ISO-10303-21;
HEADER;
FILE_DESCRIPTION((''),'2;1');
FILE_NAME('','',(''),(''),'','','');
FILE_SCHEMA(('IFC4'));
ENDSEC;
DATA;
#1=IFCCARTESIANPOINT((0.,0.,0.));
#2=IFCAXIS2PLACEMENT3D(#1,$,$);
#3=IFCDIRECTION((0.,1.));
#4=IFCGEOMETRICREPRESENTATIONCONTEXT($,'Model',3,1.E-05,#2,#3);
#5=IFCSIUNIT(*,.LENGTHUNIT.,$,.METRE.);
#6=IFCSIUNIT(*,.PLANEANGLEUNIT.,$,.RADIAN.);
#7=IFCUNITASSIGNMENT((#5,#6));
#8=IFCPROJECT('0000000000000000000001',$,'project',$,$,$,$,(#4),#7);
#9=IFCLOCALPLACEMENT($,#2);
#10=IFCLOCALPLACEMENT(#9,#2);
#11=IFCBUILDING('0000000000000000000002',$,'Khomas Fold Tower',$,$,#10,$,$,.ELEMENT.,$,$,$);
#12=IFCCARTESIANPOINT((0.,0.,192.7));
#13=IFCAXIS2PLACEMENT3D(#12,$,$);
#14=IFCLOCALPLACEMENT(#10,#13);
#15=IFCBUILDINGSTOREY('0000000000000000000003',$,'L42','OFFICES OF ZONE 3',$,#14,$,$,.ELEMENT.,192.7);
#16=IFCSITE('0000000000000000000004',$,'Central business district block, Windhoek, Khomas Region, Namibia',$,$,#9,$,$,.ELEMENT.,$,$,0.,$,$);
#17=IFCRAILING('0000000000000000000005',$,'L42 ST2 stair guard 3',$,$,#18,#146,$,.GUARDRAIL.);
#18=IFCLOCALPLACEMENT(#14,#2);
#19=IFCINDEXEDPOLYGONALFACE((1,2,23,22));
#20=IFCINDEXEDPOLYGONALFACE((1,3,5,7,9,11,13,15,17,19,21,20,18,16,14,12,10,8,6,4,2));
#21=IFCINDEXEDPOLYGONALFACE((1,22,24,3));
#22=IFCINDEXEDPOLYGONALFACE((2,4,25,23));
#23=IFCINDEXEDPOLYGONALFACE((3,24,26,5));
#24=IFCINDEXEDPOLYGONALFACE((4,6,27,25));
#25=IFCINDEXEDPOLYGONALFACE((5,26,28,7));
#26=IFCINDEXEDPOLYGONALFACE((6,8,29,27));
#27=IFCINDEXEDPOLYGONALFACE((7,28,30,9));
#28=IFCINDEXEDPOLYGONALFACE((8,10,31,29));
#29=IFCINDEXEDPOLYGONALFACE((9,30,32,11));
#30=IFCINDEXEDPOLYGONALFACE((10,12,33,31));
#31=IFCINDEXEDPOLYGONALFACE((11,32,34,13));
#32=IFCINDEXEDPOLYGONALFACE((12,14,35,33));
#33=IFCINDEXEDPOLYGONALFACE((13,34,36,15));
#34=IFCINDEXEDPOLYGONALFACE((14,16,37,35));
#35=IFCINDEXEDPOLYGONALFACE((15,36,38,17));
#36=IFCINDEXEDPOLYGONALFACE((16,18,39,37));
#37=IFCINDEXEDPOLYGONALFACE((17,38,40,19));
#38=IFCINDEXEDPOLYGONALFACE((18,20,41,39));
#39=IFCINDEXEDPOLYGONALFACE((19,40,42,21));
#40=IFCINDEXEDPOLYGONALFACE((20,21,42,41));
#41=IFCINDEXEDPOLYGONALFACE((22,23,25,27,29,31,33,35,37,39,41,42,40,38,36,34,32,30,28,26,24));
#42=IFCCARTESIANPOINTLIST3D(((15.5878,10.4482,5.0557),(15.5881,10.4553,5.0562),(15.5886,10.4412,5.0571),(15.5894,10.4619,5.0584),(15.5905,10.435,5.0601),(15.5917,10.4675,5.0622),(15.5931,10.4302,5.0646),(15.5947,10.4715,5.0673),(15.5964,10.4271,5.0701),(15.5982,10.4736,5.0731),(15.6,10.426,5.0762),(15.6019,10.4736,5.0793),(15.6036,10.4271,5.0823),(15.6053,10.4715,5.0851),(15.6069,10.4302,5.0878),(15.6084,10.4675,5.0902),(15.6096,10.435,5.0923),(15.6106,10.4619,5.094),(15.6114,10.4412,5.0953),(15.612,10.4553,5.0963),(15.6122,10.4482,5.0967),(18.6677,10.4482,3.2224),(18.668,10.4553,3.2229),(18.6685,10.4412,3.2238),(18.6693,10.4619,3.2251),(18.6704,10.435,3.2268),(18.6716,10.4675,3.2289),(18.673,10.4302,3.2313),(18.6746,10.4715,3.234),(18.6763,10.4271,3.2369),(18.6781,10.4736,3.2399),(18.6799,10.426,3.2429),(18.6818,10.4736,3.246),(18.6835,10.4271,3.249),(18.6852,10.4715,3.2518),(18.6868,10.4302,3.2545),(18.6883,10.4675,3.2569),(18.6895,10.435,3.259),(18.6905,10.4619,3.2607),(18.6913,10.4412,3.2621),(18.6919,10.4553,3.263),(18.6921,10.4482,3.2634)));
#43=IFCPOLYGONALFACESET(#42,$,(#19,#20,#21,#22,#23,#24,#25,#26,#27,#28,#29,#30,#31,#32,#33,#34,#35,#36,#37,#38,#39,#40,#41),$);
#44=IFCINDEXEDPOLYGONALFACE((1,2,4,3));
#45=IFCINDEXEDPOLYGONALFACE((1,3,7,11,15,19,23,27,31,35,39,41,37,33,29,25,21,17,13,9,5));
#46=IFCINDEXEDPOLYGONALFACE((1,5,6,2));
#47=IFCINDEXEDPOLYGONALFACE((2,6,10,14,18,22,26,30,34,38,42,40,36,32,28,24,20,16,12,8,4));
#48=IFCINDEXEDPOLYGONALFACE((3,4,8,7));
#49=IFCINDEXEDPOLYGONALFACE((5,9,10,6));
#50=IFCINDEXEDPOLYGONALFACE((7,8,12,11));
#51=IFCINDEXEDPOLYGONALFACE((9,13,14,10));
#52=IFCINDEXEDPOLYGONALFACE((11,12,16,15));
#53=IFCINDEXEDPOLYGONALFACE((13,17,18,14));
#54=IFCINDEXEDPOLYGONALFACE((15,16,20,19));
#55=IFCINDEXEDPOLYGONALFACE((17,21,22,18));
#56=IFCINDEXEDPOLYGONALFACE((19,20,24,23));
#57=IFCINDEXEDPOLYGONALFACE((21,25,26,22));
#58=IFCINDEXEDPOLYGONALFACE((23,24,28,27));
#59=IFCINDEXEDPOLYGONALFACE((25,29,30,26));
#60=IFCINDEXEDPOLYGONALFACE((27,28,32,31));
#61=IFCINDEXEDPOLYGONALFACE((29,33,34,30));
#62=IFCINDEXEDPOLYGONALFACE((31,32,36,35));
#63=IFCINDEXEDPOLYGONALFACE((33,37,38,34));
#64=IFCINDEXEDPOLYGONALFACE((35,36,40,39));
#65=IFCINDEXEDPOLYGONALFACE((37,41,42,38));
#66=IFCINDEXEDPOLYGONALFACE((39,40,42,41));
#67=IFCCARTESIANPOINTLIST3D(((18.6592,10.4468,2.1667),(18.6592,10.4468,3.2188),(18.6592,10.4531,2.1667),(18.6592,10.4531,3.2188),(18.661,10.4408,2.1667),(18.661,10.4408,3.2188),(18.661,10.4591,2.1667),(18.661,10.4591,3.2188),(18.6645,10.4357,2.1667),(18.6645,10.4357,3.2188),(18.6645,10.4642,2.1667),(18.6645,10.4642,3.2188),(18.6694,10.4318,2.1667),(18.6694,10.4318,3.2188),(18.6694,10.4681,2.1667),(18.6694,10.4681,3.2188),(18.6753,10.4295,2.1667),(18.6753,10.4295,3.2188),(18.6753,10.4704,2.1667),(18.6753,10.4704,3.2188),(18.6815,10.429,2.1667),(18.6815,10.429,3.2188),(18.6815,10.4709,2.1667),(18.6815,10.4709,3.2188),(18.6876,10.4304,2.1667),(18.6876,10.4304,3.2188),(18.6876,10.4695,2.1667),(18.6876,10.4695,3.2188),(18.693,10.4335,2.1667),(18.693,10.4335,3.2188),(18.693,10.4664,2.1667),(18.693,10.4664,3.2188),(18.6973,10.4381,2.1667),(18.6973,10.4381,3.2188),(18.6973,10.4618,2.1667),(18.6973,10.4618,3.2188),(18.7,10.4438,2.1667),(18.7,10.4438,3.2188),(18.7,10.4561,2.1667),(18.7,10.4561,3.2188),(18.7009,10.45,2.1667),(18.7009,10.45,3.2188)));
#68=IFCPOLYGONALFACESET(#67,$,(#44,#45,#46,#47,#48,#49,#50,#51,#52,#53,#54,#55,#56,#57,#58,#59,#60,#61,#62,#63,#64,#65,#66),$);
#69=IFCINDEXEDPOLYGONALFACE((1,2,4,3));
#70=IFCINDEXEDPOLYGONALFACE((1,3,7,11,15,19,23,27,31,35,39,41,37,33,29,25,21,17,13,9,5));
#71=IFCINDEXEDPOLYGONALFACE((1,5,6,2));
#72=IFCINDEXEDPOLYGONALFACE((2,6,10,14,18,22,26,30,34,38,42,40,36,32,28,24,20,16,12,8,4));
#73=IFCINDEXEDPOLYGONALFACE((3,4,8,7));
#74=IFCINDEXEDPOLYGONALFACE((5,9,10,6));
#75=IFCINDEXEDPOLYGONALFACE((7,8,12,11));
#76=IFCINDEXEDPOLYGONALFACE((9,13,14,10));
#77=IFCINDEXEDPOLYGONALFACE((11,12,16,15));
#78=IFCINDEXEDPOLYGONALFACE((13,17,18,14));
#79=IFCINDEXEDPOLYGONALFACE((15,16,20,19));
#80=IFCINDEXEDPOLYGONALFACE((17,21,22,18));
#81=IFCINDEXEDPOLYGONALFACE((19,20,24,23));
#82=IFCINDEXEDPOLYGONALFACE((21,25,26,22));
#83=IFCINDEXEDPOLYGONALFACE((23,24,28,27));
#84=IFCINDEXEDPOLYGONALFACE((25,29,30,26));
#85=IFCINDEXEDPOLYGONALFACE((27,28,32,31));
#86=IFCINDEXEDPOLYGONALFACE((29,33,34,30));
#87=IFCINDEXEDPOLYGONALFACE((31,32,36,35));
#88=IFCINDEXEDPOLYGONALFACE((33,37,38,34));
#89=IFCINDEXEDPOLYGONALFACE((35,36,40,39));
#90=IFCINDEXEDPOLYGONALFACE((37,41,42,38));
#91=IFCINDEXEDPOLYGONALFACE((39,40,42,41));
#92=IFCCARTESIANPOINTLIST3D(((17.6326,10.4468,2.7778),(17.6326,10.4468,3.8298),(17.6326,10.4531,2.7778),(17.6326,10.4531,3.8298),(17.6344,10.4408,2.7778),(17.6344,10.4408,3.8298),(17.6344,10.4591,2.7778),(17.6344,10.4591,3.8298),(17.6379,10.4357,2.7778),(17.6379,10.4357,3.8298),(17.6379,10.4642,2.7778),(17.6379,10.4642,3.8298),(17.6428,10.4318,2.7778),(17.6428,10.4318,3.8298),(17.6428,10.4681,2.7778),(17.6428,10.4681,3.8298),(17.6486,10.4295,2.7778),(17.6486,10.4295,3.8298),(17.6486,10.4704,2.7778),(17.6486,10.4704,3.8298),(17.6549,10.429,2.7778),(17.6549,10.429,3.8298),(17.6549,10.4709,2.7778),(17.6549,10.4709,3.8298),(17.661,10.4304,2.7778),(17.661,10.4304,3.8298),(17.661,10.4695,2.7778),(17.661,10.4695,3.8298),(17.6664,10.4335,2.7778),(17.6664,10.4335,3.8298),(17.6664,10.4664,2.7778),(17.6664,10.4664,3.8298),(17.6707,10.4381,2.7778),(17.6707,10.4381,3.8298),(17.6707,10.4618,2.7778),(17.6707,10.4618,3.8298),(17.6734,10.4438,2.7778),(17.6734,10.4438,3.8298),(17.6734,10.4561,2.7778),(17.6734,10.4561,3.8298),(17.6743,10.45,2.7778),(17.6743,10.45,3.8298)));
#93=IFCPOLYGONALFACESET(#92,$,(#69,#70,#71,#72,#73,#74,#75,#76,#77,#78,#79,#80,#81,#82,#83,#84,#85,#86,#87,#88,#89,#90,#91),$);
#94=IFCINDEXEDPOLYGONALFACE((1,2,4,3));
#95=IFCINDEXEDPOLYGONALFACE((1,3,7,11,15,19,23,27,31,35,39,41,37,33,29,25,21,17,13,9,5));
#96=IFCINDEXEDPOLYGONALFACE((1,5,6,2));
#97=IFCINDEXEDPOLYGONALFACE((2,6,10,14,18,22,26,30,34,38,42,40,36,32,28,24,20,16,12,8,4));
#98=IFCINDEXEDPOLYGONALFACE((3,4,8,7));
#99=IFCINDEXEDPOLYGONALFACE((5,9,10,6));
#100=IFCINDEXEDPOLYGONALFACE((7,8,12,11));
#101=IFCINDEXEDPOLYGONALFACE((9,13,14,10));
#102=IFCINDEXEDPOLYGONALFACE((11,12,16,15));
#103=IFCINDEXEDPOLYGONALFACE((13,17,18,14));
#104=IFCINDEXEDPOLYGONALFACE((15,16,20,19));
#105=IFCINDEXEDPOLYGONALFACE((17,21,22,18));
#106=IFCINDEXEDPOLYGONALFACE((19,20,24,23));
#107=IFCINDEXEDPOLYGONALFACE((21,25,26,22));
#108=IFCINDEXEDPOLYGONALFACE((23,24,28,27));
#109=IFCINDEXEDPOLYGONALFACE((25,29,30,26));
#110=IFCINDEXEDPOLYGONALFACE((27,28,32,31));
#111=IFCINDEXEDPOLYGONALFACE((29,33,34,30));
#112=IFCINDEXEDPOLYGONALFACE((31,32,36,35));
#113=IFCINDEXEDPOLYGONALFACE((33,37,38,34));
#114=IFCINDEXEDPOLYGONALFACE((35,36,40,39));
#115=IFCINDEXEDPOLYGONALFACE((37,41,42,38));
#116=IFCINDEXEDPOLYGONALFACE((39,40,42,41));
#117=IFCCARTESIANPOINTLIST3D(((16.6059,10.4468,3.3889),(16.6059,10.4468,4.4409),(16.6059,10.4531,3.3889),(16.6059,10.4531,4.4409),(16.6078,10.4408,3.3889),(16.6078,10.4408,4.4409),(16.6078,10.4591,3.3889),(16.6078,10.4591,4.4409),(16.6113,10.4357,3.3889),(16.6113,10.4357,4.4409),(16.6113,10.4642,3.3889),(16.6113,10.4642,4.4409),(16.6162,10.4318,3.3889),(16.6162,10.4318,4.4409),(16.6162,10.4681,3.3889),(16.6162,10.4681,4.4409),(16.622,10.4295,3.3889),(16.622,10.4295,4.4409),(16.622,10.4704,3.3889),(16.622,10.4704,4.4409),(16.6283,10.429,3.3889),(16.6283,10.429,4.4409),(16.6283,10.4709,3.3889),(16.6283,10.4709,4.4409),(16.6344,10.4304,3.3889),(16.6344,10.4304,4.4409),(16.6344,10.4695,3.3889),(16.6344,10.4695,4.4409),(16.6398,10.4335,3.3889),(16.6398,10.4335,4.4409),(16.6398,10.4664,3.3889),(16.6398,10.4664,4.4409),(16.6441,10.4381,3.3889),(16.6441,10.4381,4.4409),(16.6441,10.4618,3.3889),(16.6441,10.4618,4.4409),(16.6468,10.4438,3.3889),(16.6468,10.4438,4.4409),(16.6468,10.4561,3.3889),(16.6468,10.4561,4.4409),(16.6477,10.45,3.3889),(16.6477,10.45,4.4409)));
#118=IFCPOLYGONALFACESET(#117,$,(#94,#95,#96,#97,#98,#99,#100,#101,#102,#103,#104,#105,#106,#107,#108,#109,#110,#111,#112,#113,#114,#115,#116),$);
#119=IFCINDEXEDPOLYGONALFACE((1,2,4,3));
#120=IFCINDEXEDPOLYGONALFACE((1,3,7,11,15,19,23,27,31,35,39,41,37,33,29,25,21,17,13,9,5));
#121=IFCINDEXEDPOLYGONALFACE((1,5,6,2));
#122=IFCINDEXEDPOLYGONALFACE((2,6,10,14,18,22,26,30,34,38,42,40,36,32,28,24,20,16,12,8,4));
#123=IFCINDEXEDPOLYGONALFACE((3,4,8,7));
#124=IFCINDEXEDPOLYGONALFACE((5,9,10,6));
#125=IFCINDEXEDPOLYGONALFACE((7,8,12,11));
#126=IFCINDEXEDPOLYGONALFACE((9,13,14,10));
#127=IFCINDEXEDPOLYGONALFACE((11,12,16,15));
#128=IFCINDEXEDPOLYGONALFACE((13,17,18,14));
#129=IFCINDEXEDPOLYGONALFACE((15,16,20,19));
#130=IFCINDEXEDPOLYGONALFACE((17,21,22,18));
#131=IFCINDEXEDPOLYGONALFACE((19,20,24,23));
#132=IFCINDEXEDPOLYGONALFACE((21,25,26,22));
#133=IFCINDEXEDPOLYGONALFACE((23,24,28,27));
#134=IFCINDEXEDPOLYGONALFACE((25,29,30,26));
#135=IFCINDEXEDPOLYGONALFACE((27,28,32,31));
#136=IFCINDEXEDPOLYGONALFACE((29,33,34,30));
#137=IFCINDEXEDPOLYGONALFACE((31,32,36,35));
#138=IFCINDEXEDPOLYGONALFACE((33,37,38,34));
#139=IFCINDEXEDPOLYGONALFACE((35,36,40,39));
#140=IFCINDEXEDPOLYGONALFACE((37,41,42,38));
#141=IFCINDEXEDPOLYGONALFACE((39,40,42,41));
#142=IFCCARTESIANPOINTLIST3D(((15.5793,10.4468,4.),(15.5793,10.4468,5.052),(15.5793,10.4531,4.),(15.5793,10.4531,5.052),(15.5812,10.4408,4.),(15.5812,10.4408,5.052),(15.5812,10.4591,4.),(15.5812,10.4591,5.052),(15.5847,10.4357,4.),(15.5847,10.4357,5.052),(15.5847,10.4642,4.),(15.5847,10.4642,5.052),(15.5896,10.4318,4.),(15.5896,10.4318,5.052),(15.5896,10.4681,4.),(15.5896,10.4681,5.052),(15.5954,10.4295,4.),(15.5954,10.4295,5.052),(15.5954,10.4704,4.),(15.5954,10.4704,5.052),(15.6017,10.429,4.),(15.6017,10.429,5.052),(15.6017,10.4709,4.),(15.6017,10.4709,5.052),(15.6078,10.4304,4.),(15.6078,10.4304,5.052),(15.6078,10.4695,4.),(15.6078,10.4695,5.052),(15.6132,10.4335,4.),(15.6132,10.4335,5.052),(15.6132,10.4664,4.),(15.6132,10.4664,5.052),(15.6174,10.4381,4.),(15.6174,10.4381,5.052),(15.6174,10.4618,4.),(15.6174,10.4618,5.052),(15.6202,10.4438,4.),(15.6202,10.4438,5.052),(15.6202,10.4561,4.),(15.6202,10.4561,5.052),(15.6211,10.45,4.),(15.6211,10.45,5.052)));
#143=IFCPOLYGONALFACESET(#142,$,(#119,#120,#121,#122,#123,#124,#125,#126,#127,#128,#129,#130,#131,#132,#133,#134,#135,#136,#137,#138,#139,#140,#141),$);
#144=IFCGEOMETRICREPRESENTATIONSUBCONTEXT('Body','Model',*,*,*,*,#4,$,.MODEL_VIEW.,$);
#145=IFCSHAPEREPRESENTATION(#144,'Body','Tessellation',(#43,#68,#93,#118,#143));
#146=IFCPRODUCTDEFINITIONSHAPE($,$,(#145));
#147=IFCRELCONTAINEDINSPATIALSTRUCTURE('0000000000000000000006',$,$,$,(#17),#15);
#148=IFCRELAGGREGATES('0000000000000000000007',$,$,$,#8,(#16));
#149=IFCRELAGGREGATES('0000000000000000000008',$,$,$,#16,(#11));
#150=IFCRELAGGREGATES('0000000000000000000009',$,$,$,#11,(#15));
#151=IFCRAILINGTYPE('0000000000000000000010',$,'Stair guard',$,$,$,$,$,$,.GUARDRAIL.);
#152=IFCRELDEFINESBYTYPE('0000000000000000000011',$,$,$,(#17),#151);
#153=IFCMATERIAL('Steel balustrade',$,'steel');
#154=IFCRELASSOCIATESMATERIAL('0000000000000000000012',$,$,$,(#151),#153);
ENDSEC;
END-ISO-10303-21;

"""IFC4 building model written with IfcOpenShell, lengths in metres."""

from ifc_helpers import new_model, si_unit, direction, frame, origin, origin_2d, place, context, subcontext, project, spatial, circle, extrude, source, transform, mapped, material, type_object, element, save


model = new_model("IFC4")

# Units and contexts
model_context = context("Model", 3, precision=1e-05, world=origin(), true_north=direction((0.0, 1.0)))
body_context = subcontext(model_context, "Body", "Model", "MODEL_VIEW")
ifc_project = project(units=[si_unit("LENGTHUNIT", "METRE"), si_unit("PLANEANGLEUNIT", "RADIAN")], contexts=[model_context])

# Site, building, storey
site_placement = place(None, origin())
site = spatial("IfcSite", under=ifc_project, at=site_placement, Name="Central business district block, Windhoek, Khomas Region, Namibia", CompositionType="ELEMENT", RefElevation=0.0)
building_placement = place(site_placement, origin())
building = spatial("IfcBuilding", under=site, at=building_placement, Name="Khomas Fold Tower", CompositionType="ELEMENT")
storey_placement = place(building_placement, frame((0.0, 0.0, 192.7)))
storey = spatial("IfcBuildingStorey", under=building, at=storey_placement, Name="L42", Description="OFFICES OF ZONE 3", CompositionType="ELEMENT", Elevation=192.7)

# Railing
ifc_material_1 = material(Name="Steel balustrade", Category="steel")
railing_type_1 = type_object("IfcRailingType", Name="Stair guard", PredefinedType="GUARDRAIL", material=ifc_material_1)
shared_shape_1 = source(origin(), body_context, "Body", "SweptSolid", [
    extrude(circle(Radius=0.0239, at=origin_2d()), frame((0.0, 0.0, 1.0762), z_axis=(-0.859291, 0.0, 0.511487), x_axis=(0.0, -1.0, 0.0)), (0.0, 0.0, 1.0), 3.5842),
    extrude(circle(Radius=0.021, at=origin_2d()), origin(), (0.0, 0.0, 1.0), 1.052),
    extrude(circle(Radius=0.021, at=origin_2d()), frame((-1.0266, 0.0, 0.6111)), (0.0, 0.0, 1.0), 1.052),
    extrude(circle(Radius=0.021, at=origin_2d()), frame((-2.0532, 0.0, 1.2222)), (0.0, 0.0, 1.0), 1.052),
    extrude(circle(Radius=0.021, at=origin_2d()), frame((-3.0798, 0.0, 1.8333)), (0.0, 0.0, 1.0), 1.052),
])
railing_1_placement = place(storey_placement, frame((18.6799, 10.45, 2.1667)))
element("IfcRailing", 1, at=railing_1_placement, inside=storey, type_object=railing_type_1, Name="L42 ST2 stair guard 3", PredefinedType="GUARDRAIL", context=body_context, shape_type="MappedRepresentation", body=[
    mapped(shared_shape_1, transform((0.0, 0.0, 0.0))),
])

save(model, "model.ifc")
